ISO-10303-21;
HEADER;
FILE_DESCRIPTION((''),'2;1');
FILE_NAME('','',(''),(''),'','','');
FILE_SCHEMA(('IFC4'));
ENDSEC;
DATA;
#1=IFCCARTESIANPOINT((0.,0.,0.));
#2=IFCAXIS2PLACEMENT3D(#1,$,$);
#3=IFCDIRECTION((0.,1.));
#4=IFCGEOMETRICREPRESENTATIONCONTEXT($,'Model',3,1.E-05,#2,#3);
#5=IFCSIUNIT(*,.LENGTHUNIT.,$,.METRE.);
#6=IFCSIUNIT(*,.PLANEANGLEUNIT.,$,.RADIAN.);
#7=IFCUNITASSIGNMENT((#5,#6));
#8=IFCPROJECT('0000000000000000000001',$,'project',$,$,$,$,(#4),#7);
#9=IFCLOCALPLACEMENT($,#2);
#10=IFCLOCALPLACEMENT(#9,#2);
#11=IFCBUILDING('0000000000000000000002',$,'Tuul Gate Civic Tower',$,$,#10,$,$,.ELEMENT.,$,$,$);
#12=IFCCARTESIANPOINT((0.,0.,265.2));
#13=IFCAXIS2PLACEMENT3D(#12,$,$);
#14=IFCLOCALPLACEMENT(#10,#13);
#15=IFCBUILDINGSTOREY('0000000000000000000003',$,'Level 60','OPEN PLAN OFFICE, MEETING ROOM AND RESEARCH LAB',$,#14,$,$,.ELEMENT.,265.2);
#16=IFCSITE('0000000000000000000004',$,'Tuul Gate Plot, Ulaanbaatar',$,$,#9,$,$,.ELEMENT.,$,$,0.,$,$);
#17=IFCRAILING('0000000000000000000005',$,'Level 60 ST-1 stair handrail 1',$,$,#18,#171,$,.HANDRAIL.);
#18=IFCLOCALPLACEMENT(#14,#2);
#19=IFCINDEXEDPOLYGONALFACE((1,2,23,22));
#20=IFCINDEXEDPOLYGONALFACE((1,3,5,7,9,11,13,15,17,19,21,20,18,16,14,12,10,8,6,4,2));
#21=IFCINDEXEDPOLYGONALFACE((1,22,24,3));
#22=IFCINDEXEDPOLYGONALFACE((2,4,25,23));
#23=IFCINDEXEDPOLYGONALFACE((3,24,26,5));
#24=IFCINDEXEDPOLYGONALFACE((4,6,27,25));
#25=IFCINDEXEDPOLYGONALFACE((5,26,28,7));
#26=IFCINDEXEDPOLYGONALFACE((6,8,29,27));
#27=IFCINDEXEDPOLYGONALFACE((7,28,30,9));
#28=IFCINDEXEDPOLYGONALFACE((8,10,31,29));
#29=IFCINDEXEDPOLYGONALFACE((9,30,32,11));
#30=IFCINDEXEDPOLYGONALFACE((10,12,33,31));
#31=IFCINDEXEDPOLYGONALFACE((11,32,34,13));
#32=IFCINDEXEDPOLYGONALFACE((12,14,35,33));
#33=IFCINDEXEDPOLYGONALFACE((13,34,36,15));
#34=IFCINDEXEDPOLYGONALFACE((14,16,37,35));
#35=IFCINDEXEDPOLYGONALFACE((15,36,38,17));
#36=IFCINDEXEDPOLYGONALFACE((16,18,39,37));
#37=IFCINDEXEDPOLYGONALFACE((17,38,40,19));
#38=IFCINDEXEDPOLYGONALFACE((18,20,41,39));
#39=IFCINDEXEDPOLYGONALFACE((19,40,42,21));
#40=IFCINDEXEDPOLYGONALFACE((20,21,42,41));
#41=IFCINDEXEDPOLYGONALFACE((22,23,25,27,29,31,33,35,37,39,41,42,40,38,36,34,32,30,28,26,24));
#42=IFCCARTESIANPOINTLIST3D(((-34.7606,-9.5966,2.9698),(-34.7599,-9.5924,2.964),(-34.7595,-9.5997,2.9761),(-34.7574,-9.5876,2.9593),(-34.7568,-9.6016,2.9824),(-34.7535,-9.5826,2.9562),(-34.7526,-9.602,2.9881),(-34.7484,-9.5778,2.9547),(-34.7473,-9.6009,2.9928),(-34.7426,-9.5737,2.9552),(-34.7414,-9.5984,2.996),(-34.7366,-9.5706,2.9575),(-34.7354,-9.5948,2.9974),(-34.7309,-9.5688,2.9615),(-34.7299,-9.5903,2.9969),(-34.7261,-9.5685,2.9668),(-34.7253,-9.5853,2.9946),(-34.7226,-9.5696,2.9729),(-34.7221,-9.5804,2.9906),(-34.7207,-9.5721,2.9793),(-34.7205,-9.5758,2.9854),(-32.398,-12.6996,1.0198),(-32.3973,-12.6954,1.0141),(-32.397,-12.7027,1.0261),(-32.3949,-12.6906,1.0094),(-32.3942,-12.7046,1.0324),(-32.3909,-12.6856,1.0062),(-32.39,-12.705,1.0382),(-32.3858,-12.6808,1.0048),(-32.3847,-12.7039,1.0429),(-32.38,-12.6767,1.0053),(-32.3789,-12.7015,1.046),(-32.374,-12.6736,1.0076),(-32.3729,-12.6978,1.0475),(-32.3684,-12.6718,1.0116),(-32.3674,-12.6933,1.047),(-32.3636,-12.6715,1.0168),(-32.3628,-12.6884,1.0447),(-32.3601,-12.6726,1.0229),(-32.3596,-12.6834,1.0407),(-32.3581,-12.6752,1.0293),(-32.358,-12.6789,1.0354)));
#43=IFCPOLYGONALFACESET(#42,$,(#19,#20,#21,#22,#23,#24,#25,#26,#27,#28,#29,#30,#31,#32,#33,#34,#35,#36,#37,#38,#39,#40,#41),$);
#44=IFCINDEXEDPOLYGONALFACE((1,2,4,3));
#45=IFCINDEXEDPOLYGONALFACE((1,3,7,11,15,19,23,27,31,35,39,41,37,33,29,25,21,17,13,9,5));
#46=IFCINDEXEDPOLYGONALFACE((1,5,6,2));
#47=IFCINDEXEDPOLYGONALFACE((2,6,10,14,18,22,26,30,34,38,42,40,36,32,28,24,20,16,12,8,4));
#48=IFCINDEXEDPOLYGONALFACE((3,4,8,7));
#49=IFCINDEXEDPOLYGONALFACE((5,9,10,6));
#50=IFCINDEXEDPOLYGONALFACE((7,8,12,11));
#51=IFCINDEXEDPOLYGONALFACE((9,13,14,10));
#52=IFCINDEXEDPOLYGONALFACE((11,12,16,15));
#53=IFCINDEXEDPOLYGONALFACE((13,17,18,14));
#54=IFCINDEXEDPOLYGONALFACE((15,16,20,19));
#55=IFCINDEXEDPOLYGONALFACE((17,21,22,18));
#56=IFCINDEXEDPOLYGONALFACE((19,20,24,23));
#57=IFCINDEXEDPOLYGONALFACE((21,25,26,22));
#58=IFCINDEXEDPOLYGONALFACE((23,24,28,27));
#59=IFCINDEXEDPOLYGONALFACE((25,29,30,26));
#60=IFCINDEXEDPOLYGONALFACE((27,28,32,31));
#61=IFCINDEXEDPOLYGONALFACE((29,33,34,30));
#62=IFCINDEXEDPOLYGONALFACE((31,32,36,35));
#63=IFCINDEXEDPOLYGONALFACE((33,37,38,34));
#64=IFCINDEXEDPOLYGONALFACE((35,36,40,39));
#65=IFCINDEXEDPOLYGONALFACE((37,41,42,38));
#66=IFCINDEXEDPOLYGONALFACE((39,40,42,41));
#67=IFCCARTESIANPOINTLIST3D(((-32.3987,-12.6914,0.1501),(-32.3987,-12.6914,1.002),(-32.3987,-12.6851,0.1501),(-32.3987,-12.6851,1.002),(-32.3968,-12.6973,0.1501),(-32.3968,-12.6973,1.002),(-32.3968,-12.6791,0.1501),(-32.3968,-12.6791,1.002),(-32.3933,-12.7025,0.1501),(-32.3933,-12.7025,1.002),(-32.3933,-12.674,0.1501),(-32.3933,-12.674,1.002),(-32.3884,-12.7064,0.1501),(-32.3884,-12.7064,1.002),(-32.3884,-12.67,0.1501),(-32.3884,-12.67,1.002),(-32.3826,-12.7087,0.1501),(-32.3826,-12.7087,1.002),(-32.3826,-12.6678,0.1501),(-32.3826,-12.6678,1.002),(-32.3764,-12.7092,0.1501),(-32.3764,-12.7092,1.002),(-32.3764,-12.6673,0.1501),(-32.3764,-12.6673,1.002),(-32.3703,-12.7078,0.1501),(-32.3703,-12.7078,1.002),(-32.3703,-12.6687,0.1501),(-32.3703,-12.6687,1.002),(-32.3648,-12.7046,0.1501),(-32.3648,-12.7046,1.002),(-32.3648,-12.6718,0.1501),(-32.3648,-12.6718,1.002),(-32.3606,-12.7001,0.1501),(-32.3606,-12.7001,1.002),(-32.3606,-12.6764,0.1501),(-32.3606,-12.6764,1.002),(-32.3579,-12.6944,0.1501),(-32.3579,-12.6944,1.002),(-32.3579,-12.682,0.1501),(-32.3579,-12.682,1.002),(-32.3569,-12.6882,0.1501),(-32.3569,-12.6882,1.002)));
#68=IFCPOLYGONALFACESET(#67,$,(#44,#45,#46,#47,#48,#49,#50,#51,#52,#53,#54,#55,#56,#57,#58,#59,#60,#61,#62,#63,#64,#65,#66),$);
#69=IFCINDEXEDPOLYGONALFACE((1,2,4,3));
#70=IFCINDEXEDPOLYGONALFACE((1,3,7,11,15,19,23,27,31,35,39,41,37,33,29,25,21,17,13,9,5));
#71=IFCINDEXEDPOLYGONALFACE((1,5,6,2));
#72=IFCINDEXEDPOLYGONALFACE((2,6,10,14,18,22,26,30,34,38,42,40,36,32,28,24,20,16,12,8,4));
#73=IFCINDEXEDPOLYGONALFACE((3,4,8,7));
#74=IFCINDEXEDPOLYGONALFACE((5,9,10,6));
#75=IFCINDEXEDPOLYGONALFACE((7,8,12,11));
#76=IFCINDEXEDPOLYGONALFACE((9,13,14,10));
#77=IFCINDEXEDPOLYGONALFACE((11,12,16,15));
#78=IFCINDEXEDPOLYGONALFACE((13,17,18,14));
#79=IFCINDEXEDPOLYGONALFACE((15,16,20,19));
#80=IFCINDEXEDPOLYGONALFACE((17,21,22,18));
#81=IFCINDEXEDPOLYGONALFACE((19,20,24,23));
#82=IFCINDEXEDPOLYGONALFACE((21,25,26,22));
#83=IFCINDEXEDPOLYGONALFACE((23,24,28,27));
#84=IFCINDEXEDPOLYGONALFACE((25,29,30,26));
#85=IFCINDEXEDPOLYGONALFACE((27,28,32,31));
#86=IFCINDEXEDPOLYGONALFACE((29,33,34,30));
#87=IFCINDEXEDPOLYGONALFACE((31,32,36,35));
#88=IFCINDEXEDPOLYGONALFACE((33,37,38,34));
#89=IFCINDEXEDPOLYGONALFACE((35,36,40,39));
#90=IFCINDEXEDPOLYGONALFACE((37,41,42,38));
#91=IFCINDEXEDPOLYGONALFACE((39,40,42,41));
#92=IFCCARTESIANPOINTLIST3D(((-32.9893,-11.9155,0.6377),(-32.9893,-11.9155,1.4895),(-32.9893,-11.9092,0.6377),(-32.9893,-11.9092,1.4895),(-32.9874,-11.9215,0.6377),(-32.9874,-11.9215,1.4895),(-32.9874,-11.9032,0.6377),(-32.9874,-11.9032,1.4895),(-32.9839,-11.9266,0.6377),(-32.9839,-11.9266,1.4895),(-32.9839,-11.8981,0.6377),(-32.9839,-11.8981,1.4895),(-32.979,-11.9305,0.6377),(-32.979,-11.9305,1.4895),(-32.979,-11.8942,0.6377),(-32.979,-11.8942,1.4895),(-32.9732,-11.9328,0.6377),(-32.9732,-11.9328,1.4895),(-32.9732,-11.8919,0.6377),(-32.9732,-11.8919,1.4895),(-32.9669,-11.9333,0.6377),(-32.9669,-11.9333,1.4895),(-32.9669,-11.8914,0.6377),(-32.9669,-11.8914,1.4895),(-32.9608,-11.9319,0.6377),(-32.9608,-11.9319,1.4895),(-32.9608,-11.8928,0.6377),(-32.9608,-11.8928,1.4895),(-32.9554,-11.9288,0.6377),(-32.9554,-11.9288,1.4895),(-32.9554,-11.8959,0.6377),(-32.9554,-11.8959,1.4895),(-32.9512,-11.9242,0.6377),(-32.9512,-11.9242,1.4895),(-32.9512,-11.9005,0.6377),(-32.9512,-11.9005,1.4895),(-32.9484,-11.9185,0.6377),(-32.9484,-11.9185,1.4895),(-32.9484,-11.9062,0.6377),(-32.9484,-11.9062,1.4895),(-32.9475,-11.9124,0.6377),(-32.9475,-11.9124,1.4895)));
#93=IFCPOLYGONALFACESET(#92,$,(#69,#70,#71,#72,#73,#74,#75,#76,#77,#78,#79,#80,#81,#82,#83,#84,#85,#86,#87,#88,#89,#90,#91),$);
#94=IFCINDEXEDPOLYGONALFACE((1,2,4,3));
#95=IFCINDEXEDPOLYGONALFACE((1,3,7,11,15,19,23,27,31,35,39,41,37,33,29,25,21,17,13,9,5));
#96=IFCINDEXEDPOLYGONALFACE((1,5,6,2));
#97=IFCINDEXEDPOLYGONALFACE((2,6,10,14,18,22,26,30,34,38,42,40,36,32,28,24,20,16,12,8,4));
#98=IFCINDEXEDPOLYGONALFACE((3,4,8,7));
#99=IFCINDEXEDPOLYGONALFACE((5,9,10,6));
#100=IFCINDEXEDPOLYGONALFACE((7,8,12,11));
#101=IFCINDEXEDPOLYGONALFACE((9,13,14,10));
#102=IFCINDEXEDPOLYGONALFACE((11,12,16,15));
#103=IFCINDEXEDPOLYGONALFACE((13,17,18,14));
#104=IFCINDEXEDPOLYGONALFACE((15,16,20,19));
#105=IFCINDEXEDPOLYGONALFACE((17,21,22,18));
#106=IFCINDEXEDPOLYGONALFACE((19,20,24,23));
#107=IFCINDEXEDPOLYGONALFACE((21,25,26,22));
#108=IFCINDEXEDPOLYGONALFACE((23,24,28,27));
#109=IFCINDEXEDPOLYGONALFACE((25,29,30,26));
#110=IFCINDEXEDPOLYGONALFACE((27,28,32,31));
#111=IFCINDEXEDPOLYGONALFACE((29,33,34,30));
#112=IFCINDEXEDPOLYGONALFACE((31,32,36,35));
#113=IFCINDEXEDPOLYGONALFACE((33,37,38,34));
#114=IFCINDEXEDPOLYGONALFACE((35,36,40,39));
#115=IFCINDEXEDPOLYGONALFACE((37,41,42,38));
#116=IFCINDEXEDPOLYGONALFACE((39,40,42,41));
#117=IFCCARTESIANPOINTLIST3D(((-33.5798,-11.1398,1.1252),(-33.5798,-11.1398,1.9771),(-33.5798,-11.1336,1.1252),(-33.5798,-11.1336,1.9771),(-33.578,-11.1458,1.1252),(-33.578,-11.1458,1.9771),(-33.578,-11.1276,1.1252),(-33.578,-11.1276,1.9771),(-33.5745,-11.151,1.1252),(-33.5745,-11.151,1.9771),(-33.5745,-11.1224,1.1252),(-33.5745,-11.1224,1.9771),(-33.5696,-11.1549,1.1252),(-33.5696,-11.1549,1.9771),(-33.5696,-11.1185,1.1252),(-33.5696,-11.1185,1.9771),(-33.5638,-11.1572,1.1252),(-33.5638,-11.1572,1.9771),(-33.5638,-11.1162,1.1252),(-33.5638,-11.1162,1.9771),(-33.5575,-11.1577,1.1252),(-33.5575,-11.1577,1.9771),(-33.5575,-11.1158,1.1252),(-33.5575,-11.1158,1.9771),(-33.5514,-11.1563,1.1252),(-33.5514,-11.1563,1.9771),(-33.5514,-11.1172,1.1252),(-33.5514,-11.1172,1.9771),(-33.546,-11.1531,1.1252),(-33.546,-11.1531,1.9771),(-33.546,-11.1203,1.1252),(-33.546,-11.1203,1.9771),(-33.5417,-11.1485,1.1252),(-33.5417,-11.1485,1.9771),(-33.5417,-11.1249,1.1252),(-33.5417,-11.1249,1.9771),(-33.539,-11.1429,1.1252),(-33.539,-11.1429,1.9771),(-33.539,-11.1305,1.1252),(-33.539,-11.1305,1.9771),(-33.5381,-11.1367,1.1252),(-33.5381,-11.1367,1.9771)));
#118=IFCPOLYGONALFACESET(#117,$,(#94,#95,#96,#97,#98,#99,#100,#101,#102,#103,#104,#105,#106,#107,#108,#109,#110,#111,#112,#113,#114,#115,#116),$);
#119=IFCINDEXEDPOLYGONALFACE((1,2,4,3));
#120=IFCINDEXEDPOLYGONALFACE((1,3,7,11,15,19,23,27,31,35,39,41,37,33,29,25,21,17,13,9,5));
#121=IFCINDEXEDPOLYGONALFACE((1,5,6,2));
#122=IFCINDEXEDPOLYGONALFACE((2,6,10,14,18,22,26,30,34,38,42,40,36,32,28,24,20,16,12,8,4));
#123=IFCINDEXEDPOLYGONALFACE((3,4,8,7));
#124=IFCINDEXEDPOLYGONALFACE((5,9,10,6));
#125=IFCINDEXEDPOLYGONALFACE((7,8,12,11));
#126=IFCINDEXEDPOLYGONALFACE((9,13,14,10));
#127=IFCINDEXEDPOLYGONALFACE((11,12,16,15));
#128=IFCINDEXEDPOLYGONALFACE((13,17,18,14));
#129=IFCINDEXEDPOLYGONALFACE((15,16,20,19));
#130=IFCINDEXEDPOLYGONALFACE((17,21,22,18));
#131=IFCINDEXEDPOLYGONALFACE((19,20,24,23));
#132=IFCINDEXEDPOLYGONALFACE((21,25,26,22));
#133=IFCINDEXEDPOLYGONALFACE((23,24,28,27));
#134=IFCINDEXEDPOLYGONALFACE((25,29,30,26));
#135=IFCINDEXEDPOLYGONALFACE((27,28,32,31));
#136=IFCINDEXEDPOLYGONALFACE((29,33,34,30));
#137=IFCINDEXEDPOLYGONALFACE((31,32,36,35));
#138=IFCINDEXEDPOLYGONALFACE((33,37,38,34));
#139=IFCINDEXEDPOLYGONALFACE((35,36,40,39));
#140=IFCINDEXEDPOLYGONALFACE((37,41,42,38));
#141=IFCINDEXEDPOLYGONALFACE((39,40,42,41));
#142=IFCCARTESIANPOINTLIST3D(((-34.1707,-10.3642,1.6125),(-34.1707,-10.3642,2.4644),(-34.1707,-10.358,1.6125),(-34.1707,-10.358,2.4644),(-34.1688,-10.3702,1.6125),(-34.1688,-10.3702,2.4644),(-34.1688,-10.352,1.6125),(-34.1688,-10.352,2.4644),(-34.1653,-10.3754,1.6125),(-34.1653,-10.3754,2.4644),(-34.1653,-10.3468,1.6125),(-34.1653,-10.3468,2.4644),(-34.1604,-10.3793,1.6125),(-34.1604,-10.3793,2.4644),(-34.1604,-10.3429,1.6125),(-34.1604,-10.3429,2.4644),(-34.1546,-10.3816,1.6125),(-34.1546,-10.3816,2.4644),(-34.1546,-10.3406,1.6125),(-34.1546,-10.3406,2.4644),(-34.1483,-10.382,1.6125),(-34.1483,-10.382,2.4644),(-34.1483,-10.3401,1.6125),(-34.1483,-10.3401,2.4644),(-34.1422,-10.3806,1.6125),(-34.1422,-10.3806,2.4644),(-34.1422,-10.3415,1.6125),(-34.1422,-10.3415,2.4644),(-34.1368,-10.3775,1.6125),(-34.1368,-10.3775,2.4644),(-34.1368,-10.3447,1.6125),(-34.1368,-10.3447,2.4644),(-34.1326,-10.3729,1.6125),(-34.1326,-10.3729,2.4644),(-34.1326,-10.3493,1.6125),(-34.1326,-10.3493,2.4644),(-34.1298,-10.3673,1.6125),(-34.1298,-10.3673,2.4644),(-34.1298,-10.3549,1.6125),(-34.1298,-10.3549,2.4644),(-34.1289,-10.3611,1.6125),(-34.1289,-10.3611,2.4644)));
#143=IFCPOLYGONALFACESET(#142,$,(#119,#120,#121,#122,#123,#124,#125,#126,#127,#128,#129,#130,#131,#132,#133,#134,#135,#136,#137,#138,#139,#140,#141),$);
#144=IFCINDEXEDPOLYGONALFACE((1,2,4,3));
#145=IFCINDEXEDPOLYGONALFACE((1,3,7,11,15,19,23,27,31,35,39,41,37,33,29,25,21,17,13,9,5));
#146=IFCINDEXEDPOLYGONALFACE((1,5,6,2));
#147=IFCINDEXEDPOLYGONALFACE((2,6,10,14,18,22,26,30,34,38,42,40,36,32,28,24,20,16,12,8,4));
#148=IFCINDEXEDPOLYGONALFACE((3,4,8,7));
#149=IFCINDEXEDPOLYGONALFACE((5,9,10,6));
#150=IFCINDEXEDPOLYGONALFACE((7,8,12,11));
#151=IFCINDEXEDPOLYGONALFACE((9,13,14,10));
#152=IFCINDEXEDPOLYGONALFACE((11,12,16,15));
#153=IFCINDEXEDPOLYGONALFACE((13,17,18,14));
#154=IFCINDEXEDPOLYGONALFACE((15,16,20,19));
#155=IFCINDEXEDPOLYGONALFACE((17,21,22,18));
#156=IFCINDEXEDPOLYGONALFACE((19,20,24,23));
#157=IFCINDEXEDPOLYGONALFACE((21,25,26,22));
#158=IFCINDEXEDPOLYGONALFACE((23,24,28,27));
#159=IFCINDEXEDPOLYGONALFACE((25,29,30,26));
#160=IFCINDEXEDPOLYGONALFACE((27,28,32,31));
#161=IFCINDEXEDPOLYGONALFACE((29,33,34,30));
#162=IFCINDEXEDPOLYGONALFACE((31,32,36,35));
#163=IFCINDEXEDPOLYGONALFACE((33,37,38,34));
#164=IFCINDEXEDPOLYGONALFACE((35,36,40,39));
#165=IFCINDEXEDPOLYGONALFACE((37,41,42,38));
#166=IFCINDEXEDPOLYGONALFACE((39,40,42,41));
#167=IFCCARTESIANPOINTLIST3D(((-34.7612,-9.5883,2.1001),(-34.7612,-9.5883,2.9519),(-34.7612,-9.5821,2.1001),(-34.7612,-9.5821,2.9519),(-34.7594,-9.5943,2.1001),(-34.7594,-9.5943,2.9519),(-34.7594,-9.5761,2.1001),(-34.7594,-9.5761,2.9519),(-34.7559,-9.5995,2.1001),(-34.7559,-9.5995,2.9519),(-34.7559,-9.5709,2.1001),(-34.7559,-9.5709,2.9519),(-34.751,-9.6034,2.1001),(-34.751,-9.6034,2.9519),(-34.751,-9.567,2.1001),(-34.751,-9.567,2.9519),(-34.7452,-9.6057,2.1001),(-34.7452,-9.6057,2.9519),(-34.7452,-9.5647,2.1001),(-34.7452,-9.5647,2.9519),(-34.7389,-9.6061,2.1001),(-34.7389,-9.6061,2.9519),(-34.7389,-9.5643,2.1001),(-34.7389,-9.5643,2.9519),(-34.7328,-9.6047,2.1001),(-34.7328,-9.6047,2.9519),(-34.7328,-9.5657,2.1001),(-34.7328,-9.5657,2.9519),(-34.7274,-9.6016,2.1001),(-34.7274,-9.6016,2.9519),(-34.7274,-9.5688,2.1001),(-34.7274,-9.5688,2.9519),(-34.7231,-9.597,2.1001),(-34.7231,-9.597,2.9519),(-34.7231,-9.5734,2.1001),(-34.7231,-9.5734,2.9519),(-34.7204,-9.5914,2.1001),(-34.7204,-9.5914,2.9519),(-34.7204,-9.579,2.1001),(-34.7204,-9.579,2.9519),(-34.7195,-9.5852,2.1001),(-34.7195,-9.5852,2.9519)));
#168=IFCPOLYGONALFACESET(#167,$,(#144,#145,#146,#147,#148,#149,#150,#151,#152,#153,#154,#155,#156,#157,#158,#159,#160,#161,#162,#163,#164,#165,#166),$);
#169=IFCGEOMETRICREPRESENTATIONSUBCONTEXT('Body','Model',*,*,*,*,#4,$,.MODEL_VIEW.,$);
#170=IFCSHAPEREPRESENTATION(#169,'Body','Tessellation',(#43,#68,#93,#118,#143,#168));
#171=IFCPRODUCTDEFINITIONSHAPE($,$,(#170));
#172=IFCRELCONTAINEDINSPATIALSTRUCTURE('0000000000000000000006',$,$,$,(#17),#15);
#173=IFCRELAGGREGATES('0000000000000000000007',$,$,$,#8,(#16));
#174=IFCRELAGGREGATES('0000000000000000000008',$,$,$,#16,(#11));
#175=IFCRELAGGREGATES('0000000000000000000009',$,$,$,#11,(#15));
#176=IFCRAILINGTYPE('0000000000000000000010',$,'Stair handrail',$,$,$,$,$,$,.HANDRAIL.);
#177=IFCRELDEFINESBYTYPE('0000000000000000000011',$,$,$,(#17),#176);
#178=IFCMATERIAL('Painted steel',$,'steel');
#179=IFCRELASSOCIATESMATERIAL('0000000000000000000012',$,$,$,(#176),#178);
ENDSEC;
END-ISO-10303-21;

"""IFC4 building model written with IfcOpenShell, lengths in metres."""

from ifc_helpers import new_model, si_unit, direction, frame, origin, origin_2d, place, context, subcontext, project, spatial, circle, extrude, material, type_object, element, save


model = new_model("IFC4")

# Units and contexts
model_context = context("Model", 3, precision=1e-05, world=origin(), true_north=direction((0.0, 1.0)))
body_context = subcontext(model_context, "Body", "Model", "MODEL_VIEW")
ifc_project = project(units=[si_unit("LENGTHUNIT", "METRE"), si_unit("PLANEANGLEUNIT", "RADIAN")], contexts=[model_context])

# Site, building, storey
site_placement = place(None, origin())
site = spatial("IfcSite", under=ifc_project, at=site_placement, Name="Tuul Gate Plot, Ulaanbaatar", CompositionType="ELEMENT", RefElevation=0.0)
building_placement = place(site_placement, origin())
building = spatial("IfcBuilding", under=site, at=building_placement, Name="Tuul Gate Civic Tower", CompositionType="ELEMENT")
storey_placement = place(building_placement, frame((0.0, 0.0, 265.2)))
storey = spatial("IfcBuildingStorey", under=building, at=storey_placement, Name="Level 60", Description="OPEN PLAN OFFICE, MEETING ROOM AND RESEARCH LAB", CompositionType="ELEMENT", Elevation=265.2)

# Railing
ifc_material_1 = material(Name="Painted steel", Category="steel")
railing_type = type_object("IfcRailingType", Name="Stair handrail", PredefinedType="HANDRAIL", material=ifc_material_1)
railing_1_placement = place(storey_placement, frame((-32.3779, -12.6882, 0.1501)))
element("IfcRailing", 1, at=railing_1_placement, inside=storey, type_object=railing_type, Name="Level 60 ST-1 stair handrail 1", PredefinedType="HANDRAIL", context=body_context, shape_type="SweptSolid", body=[
    extrude(circle(Radius=0.0239, at=origin_2d()), frame((0.0, 0.0, 0.876), z_axis=(-0.541824, 0.711645, 0.4472), x_axis=(-0.795637, -0.605773, 0.0)), (0.0, 0.0, 1.0), 4.3604),
    extrude(circle(Radius=0.021, at=origin_2d()), origin(), (0.0, 0.0, 1.0), 0.8518),
    extrude(circle(Radius=0.021, at=origin_2d()), frame((-0.5906, 0.7759, 0.4875)), (0.0, 0.0, 1.0), 0.8518),
    extrude(circle(Radius=0.021, at=origin_2d()), frame((-1.1812, 1.5515, 0.9751)), (0.0, 0.0, 1.0), 0.8518),
    extrude(circle(Radius=0.021, at=origin_2d()), frame((-1.772, 2.3271, 1.4624)), (0.0, 0.0, 1.0), 0.8518),
    extrude(circle(Radius=0.021, at=origin_2d()), frame((-2.3625, 3.103, 1.95)), (0.0, 0.0, 1.0), 0.8518),
])

save(model, "model.ifc")
